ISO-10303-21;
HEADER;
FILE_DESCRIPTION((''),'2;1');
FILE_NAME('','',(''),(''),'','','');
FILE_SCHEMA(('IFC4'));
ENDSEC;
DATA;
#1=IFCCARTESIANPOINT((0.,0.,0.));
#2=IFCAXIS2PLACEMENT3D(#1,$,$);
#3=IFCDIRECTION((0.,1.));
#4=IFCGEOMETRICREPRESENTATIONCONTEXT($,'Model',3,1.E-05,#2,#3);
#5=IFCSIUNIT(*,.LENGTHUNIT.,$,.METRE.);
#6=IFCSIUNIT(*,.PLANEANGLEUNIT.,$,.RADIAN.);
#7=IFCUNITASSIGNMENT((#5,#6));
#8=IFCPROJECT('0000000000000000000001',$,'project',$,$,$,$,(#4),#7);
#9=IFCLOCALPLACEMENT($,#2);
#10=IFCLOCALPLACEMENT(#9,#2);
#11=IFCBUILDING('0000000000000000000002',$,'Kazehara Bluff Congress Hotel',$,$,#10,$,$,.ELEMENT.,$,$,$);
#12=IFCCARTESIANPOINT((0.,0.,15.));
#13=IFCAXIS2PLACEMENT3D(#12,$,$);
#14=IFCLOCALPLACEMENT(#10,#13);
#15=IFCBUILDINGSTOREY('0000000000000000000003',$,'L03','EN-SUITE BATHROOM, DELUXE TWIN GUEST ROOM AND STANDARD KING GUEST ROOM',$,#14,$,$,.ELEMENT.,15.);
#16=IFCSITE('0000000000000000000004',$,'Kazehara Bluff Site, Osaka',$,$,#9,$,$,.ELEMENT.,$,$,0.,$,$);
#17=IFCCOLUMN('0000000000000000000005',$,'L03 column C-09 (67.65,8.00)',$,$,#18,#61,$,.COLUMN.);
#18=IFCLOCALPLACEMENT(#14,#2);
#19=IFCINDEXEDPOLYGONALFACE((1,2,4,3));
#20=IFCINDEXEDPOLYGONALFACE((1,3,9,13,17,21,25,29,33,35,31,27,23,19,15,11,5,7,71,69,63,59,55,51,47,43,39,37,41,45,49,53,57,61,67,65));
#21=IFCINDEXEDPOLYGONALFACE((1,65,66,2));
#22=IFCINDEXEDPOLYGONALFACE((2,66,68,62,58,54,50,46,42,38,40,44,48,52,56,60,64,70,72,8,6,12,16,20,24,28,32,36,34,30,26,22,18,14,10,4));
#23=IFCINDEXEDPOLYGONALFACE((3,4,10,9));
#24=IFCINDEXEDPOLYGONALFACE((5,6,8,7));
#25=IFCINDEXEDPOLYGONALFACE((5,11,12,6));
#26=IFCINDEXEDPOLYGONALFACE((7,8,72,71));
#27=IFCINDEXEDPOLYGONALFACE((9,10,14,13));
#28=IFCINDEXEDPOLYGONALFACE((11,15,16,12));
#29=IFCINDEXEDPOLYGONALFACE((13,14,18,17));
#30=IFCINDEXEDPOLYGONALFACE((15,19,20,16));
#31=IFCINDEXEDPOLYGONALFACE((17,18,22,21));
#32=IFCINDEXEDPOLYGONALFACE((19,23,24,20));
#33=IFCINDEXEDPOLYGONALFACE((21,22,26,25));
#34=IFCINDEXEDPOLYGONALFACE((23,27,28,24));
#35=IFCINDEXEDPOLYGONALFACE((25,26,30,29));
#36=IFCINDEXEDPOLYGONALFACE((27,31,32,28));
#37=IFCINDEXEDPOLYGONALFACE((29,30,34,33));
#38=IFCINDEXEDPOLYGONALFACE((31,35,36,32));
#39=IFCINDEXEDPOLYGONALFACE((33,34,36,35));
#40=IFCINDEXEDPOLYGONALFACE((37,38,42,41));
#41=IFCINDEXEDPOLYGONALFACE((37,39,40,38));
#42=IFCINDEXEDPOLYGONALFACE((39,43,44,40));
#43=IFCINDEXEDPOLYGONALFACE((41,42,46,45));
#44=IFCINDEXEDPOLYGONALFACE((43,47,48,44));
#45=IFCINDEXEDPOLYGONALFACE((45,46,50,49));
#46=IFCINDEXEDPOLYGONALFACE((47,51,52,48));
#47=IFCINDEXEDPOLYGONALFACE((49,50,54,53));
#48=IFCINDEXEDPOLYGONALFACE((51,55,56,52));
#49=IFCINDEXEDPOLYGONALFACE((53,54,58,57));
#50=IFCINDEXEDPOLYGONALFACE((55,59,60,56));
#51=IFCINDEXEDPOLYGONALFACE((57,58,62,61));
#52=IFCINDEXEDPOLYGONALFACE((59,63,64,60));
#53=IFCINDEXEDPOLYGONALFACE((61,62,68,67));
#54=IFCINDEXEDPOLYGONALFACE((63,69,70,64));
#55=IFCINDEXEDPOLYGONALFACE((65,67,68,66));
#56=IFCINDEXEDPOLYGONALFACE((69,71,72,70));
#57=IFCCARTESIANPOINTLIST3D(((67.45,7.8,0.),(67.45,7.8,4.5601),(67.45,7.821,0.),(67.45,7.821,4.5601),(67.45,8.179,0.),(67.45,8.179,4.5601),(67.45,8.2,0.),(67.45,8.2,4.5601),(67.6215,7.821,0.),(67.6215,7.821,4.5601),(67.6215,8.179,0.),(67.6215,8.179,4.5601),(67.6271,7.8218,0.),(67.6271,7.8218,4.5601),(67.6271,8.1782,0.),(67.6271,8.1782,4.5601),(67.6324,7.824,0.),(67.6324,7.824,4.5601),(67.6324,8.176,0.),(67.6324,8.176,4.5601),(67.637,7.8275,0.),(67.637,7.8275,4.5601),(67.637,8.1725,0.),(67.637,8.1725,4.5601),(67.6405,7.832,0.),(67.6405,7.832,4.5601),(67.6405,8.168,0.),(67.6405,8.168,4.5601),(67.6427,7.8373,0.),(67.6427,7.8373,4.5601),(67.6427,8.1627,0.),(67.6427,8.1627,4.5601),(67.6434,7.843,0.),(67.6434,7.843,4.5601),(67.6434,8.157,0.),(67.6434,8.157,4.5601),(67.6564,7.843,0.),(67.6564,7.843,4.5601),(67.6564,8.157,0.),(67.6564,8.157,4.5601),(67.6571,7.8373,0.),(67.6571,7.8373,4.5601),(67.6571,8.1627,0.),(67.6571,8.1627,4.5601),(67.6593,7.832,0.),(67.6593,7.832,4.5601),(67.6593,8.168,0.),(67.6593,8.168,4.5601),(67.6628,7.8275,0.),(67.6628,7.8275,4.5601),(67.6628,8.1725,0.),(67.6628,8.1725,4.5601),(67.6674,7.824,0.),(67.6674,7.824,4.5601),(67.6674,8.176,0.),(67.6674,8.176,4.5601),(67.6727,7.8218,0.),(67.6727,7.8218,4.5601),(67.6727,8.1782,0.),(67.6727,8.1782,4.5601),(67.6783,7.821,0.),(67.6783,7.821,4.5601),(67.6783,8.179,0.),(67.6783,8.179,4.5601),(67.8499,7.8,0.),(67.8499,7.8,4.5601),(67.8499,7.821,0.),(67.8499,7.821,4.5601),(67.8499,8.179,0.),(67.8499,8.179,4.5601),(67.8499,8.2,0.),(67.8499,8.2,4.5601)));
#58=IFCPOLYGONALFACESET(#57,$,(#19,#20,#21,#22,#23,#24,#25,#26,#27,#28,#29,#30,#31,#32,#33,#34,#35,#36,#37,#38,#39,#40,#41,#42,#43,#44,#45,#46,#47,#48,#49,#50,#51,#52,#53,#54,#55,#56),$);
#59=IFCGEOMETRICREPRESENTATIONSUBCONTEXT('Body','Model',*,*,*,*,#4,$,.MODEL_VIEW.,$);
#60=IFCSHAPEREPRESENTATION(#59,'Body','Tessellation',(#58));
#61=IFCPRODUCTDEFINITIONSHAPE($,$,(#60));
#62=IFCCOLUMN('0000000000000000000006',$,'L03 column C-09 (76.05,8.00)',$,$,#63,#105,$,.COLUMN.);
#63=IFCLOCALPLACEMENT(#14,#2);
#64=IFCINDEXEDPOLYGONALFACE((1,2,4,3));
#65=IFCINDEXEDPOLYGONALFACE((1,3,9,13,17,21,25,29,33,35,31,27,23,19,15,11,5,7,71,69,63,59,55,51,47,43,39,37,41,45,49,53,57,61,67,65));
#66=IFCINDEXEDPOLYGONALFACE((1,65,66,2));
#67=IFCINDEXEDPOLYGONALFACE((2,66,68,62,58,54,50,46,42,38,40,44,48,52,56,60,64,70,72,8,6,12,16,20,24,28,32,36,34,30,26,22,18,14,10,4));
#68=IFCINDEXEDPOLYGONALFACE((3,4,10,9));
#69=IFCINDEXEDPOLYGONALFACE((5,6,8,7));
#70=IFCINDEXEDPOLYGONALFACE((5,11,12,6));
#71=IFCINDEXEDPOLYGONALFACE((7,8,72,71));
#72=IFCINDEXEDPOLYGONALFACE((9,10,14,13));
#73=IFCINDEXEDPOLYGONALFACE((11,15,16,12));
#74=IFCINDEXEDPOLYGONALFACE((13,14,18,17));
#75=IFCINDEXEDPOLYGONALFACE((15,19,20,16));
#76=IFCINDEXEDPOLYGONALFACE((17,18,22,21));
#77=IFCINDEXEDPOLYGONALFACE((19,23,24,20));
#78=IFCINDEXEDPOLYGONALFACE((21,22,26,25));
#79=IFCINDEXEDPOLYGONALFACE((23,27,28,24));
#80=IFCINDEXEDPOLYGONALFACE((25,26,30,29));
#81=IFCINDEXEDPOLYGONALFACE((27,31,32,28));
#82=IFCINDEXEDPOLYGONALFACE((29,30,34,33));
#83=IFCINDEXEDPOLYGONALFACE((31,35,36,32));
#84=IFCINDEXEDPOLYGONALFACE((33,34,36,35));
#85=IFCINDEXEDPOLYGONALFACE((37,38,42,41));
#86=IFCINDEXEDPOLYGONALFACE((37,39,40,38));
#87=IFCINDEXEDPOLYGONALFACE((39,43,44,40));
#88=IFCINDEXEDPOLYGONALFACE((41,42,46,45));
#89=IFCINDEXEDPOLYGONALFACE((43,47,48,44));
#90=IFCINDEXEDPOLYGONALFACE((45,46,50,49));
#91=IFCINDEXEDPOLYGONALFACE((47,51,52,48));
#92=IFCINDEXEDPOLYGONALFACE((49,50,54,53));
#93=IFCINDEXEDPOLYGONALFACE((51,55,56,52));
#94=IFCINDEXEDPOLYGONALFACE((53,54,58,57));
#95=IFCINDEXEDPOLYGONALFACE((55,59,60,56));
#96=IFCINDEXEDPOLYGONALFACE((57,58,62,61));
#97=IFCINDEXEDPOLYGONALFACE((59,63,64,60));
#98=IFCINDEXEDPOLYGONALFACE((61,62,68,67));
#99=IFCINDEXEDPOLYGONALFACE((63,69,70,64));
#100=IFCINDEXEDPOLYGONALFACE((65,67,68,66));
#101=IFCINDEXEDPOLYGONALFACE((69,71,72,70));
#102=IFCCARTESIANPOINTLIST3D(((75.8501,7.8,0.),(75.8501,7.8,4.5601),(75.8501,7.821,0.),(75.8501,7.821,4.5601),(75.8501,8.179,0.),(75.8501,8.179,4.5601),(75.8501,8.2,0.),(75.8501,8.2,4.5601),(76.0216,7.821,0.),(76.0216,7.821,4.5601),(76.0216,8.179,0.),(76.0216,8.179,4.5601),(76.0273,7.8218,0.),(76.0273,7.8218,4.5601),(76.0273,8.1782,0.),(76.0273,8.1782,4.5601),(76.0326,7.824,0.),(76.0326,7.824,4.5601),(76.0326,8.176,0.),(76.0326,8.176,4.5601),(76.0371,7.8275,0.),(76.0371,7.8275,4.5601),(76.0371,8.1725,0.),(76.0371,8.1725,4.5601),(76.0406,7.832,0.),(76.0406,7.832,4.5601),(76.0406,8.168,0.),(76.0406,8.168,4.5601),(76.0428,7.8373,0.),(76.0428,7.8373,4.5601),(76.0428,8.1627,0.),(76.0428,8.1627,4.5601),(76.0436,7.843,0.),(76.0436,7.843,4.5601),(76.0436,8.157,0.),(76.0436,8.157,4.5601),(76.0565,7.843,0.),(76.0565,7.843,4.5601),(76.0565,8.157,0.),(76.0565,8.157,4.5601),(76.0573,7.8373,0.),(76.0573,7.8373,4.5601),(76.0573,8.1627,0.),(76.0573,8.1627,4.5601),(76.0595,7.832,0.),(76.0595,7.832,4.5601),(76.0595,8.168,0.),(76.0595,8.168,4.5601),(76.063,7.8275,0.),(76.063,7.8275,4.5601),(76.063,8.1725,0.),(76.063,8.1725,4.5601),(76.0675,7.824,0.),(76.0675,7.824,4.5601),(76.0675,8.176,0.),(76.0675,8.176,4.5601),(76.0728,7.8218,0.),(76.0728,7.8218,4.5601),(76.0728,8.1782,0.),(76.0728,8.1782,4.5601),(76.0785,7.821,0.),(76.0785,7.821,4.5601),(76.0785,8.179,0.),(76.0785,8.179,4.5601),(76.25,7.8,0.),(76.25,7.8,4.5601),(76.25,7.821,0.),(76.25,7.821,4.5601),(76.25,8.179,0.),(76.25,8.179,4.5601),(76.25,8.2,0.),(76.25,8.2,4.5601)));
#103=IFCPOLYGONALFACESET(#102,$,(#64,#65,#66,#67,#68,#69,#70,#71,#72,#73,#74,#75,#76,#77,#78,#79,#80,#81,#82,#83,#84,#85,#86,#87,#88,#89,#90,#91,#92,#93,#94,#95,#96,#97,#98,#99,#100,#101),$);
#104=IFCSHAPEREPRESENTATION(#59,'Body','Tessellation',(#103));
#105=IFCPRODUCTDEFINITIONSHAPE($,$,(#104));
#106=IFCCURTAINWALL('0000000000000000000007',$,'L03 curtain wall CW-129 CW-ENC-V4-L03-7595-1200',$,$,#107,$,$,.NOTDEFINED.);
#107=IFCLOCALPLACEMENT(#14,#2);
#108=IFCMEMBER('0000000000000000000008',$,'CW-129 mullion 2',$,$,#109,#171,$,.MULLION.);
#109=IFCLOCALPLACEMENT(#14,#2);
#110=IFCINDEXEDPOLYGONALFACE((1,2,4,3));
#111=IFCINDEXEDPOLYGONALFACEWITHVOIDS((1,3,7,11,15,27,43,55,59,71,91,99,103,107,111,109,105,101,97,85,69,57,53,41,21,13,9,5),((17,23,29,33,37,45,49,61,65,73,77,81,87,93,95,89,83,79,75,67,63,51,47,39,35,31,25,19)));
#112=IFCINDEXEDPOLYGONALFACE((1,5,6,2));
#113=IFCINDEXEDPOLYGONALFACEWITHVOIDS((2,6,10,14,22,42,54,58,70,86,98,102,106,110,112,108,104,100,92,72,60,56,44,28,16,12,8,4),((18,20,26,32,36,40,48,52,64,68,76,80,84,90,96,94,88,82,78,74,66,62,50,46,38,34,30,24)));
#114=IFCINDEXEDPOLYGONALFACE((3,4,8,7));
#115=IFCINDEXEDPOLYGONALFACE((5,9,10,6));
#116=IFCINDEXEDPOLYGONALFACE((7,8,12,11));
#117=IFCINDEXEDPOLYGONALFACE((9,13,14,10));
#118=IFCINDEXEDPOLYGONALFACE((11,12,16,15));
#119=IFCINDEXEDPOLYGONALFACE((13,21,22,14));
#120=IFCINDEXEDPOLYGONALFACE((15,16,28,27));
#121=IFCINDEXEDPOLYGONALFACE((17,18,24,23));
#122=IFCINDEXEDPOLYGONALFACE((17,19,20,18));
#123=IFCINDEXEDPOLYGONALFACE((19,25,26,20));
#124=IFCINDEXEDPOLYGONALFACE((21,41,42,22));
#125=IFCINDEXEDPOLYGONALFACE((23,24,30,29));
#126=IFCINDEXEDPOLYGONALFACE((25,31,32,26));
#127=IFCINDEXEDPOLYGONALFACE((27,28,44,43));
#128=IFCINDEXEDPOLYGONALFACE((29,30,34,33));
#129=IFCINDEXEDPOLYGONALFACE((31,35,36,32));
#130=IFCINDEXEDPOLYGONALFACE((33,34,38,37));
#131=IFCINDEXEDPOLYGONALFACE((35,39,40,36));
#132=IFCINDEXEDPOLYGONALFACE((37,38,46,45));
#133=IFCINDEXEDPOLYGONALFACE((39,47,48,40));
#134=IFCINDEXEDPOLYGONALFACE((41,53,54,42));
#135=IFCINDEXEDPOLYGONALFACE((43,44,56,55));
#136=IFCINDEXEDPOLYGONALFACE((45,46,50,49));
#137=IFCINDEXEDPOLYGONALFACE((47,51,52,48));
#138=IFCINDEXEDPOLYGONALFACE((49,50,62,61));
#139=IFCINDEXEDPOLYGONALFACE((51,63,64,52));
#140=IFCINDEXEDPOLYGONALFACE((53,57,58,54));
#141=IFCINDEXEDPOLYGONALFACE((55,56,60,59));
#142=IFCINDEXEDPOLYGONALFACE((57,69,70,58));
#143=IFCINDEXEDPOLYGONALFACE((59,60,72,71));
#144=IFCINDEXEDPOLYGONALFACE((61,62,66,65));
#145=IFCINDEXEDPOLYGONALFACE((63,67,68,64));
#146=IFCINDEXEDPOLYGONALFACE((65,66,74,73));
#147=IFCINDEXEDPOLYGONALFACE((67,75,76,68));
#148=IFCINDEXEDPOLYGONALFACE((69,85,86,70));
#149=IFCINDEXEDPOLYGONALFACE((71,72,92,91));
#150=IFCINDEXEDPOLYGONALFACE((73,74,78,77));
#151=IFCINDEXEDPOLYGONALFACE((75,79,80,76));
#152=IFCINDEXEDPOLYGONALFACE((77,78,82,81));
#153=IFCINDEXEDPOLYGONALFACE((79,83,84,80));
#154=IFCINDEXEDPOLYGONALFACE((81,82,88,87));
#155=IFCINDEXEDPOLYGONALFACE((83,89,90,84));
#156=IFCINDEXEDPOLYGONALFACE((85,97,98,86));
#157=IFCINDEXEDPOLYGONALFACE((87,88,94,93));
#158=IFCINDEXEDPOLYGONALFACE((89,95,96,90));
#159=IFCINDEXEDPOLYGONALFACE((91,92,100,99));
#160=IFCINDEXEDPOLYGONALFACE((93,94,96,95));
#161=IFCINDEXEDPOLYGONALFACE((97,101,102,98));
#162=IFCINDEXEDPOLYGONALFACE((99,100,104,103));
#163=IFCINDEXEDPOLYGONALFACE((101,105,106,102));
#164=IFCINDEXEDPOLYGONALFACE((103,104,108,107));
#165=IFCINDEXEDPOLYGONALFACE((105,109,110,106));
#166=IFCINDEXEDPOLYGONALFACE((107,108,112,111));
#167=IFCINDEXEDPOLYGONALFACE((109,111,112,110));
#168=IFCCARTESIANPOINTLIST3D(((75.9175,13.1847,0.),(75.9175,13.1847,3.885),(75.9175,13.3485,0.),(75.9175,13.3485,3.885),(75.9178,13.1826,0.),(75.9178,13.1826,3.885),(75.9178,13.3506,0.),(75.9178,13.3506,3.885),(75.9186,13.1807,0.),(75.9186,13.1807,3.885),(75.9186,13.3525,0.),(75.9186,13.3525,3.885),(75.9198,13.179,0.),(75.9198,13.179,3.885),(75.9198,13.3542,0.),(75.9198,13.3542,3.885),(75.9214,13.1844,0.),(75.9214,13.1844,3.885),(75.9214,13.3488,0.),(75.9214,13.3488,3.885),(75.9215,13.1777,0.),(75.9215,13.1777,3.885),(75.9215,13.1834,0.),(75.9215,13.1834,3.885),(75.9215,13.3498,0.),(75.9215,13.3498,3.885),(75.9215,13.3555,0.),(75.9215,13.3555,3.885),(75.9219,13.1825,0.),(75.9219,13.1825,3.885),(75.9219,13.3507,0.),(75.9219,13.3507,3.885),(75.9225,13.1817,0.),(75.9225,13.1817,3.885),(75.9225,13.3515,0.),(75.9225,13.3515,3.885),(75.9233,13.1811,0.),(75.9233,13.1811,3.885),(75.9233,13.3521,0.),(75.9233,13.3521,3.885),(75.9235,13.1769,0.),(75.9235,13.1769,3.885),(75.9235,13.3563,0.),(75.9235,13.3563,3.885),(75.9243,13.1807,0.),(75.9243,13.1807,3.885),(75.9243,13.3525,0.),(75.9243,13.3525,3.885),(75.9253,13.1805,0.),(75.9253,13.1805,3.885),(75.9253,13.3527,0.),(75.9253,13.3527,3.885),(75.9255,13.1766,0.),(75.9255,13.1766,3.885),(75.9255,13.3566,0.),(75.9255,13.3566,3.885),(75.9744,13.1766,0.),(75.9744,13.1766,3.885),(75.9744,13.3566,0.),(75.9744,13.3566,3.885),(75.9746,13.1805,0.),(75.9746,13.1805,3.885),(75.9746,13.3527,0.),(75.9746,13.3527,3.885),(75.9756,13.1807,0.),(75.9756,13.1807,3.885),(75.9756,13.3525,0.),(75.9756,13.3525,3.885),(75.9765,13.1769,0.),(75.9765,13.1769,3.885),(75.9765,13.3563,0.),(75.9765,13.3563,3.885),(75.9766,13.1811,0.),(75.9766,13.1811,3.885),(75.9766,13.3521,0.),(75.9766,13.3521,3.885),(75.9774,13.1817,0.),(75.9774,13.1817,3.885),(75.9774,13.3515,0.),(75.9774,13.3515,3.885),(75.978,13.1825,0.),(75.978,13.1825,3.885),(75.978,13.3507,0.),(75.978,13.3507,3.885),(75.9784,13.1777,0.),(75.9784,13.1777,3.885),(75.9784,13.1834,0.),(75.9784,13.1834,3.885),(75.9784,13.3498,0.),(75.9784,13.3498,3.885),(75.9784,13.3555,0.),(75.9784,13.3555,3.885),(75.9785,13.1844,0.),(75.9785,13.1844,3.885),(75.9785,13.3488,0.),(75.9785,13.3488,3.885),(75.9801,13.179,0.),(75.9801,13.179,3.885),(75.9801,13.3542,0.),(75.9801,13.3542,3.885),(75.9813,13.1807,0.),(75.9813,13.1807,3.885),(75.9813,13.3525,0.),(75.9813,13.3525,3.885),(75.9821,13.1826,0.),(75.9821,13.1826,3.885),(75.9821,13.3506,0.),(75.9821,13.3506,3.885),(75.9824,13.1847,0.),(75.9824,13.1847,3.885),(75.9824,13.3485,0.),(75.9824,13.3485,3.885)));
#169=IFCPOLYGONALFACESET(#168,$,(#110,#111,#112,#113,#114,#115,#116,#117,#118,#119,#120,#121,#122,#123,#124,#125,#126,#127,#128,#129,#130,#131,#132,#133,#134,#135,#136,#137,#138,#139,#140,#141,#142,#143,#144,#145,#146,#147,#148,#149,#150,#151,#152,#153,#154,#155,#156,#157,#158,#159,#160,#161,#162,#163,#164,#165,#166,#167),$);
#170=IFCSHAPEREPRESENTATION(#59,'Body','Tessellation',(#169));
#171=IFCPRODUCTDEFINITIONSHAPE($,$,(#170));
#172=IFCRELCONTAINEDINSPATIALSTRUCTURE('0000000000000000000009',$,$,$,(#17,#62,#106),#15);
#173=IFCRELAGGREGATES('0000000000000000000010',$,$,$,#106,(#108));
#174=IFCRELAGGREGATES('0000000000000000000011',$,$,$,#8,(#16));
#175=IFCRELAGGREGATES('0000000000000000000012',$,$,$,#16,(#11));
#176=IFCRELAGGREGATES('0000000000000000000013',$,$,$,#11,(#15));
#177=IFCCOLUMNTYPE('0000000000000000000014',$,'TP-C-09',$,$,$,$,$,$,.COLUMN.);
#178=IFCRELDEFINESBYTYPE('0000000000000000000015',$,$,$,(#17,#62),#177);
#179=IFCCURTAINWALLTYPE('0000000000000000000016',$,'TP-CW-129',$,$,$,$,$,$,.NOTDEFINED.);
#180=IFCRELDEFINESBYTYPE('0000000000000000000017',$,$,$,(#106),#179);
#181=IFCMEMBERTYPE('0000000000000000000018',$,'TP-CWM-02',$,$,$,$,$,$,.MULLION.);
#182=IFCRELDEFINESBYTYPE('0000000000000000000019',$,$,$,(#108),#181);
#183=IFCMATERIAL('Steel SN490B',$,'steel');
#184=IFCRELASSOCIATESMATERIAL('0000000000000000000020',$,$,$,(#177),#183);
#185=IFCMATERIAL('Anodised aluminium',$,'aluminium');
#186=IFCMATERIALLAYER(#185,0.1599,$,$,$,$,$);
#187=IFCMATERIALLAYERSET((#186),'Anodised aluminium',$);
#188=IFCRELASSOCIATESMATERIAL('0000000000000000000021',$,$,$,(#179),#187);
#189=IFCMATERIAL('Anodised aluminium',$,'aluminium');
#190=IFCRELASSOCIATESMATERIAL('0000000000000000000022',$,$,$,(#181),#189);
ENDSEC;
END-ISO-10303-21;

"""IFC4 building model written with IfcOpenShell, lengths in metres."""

from ifc_helpers import new_model, si_unit, direction, frame, origin, origin_2d, place, context, subcontext, project, spatial, hollow_rectangle, i_section, extrude, material, layer, layer_set, material_profile, profile_set, type_object, element, aggregate, save


model = new_model("IFC4")

# Units and contexts
model_context = context("Model", 3, precision=1e-05, world=origin(), true_north=direction((0.0, 1.0)))
body_context = subcontext(model_context, "Body", "Model", "MODEL_VIEW")
ifc_project = project(units=[si_unit("LENGTHUNIT", "METRE"), si_unit("PLANEANGLEUNIT", "RADIAN")], contexts=[model_context])

# Site, building, storey
site_placement = place(None, origin())
site = spatial("IfcSite", under=ifc_project, at=site_placement, Name="Kazehara Bluff Site, Osaka", CompositionType="ELEMENT", RefElevation=0.0)
building_placement = place(site_placement, origin())
building = spatial("IfcBuilding", under=site, at=building_placement, Name="Kazehara Bluff Congress Hotel", CompositionType="ELEMENT")
storey_placement = place(building_placement, frame((0.0, 0.0, 15.0)))
storey = spatial("IfcBuildingStorey", under=building, at=storey_placement, Name="L03", Description="EN-SUITE BATHROOM, DELUXE TWIN GUEST ROOM AND STANDARD KING GUEST ROOM", CompositionType="ELEMENT", Elevation=15.0)

# Columns
ifc_material_1 = material(Name="Steel SN490B", Category="steel")
ifc_material_profile_1 = material_profile(ifc_material_1, i_section(OverallWidth=0.3999, OverallDepth=0.3999, WebThickness=0.0129, FlangeThickness=0.021, FilletRadius=0.022, at=origin_2d()))
ifc_profile_set_1 = profile_set([ifc_material_profile_1], Name="Steel SN490B")
column_type = type_object("IfcColumnType", Name="TP-C-09", PredefinedType="COLUMN", material=ifc_profile_set_1)
for number, where, z_axis, x_axis, name in (
    (1, (67.6499, 8.0, 0.0), (0.0, 0.0, 1.0), (1.0, 0.0, 0.0), "L03 column C-09 (67.65,8.00)"),
    (2, (76.05, 8.0, 0.0), (0.0, 0.0, 1.0), (1.0, 0.0, 0.0), "L03 column C-09 (76.05,8.00)"),
):
    element("IfcColumn", number, at=place(storey_placement, frame(where, z_axis=z_axis, x_axis=x_axis)), inside=storey, type_object=column_type, Name=name, PredefinedType="COLUMN", context=body_context, shape_type="SweptSolid", body=[
        extrude(i_section(OverallWidth=0.3999, OverallDepth=0.3999, WebThickness=0.0129, FlangeThickness=0.021, FilletRadius=0.022, at=origin_2d()), origin(), (0.0, 0.0, 1.0), 4.5601),
    ])

# Curtain wall, member
ifc_material_2 = material(Name="Anodised aluminium", Category="aluminium")
ifc_layer_1 = layer(ifc_material_2, 0.1599)
ifc_layer_set_1 = layer_set([ifc_layer_1], Name="Anodised aluminium")
curtain_wall_type = type_object("IfcCurtainWallType", Name="TP-CW-129", PredefinedType="NOTDEFINED", material=ifc_layer_set_1)
curtain_wall_placement = place(storey_placement, origin())
curtain_wall = element("IfcCurtainWall", 3, at=curtain_wall_placement, inside=storey, type_object=curtain_wall_type, Name="L03 curtain wall CW-129 CW-ENC-V4-L03-7595-1200", PredefinedType="NOTDEFINED")
ifc_material_3 = material(Name="Anodised aluminium", Category="aluminium")
ifc_material_profile_2 = material_profile(ifc_material_3, hollow_rectangle(XDim=0.0649, YDim=0.1799, WallThickness=0.0039, InnerFilletRadius=0.0039, OuterFilletRadius=0.0081, at=origin_2d()))
ifc_profile_set_2 = profile_set([ifc_material_profile_2], Name="Anodised aluminium")
member_type_1 = type_object("IfcMemberType", Name="TP-CWM-02", PredefinedType="MULLION", material=ifc_profile_set_2)
member_1_placement = place(storey_placement, frame((75.95, 13.2666, 0.0), z_axis=(0.0, 0.0, 1.0), x_axis=(1.0, 0.0, 0.0)))
member_1 = element("IfcMember", 4, at=member_1_placement, type_object=member_type_1, Name="CW-129 mullion 2", PredefinedType="MULLION", context=body_context, shape_type="SweptSolid", body=[
    extrude(hollow_rectangle(XDim=0.0649, YDim=0.1799, WallThickness=0.0039, InnerFilletRadius=0.0039, OuterFilletRadius=0.0081, at=origin_2d()), origin(), (0.0, 0.0, 1.0), 3.885),
])

aggregate(curtain_wall, [member_1])

save(model, "model.ifc")
